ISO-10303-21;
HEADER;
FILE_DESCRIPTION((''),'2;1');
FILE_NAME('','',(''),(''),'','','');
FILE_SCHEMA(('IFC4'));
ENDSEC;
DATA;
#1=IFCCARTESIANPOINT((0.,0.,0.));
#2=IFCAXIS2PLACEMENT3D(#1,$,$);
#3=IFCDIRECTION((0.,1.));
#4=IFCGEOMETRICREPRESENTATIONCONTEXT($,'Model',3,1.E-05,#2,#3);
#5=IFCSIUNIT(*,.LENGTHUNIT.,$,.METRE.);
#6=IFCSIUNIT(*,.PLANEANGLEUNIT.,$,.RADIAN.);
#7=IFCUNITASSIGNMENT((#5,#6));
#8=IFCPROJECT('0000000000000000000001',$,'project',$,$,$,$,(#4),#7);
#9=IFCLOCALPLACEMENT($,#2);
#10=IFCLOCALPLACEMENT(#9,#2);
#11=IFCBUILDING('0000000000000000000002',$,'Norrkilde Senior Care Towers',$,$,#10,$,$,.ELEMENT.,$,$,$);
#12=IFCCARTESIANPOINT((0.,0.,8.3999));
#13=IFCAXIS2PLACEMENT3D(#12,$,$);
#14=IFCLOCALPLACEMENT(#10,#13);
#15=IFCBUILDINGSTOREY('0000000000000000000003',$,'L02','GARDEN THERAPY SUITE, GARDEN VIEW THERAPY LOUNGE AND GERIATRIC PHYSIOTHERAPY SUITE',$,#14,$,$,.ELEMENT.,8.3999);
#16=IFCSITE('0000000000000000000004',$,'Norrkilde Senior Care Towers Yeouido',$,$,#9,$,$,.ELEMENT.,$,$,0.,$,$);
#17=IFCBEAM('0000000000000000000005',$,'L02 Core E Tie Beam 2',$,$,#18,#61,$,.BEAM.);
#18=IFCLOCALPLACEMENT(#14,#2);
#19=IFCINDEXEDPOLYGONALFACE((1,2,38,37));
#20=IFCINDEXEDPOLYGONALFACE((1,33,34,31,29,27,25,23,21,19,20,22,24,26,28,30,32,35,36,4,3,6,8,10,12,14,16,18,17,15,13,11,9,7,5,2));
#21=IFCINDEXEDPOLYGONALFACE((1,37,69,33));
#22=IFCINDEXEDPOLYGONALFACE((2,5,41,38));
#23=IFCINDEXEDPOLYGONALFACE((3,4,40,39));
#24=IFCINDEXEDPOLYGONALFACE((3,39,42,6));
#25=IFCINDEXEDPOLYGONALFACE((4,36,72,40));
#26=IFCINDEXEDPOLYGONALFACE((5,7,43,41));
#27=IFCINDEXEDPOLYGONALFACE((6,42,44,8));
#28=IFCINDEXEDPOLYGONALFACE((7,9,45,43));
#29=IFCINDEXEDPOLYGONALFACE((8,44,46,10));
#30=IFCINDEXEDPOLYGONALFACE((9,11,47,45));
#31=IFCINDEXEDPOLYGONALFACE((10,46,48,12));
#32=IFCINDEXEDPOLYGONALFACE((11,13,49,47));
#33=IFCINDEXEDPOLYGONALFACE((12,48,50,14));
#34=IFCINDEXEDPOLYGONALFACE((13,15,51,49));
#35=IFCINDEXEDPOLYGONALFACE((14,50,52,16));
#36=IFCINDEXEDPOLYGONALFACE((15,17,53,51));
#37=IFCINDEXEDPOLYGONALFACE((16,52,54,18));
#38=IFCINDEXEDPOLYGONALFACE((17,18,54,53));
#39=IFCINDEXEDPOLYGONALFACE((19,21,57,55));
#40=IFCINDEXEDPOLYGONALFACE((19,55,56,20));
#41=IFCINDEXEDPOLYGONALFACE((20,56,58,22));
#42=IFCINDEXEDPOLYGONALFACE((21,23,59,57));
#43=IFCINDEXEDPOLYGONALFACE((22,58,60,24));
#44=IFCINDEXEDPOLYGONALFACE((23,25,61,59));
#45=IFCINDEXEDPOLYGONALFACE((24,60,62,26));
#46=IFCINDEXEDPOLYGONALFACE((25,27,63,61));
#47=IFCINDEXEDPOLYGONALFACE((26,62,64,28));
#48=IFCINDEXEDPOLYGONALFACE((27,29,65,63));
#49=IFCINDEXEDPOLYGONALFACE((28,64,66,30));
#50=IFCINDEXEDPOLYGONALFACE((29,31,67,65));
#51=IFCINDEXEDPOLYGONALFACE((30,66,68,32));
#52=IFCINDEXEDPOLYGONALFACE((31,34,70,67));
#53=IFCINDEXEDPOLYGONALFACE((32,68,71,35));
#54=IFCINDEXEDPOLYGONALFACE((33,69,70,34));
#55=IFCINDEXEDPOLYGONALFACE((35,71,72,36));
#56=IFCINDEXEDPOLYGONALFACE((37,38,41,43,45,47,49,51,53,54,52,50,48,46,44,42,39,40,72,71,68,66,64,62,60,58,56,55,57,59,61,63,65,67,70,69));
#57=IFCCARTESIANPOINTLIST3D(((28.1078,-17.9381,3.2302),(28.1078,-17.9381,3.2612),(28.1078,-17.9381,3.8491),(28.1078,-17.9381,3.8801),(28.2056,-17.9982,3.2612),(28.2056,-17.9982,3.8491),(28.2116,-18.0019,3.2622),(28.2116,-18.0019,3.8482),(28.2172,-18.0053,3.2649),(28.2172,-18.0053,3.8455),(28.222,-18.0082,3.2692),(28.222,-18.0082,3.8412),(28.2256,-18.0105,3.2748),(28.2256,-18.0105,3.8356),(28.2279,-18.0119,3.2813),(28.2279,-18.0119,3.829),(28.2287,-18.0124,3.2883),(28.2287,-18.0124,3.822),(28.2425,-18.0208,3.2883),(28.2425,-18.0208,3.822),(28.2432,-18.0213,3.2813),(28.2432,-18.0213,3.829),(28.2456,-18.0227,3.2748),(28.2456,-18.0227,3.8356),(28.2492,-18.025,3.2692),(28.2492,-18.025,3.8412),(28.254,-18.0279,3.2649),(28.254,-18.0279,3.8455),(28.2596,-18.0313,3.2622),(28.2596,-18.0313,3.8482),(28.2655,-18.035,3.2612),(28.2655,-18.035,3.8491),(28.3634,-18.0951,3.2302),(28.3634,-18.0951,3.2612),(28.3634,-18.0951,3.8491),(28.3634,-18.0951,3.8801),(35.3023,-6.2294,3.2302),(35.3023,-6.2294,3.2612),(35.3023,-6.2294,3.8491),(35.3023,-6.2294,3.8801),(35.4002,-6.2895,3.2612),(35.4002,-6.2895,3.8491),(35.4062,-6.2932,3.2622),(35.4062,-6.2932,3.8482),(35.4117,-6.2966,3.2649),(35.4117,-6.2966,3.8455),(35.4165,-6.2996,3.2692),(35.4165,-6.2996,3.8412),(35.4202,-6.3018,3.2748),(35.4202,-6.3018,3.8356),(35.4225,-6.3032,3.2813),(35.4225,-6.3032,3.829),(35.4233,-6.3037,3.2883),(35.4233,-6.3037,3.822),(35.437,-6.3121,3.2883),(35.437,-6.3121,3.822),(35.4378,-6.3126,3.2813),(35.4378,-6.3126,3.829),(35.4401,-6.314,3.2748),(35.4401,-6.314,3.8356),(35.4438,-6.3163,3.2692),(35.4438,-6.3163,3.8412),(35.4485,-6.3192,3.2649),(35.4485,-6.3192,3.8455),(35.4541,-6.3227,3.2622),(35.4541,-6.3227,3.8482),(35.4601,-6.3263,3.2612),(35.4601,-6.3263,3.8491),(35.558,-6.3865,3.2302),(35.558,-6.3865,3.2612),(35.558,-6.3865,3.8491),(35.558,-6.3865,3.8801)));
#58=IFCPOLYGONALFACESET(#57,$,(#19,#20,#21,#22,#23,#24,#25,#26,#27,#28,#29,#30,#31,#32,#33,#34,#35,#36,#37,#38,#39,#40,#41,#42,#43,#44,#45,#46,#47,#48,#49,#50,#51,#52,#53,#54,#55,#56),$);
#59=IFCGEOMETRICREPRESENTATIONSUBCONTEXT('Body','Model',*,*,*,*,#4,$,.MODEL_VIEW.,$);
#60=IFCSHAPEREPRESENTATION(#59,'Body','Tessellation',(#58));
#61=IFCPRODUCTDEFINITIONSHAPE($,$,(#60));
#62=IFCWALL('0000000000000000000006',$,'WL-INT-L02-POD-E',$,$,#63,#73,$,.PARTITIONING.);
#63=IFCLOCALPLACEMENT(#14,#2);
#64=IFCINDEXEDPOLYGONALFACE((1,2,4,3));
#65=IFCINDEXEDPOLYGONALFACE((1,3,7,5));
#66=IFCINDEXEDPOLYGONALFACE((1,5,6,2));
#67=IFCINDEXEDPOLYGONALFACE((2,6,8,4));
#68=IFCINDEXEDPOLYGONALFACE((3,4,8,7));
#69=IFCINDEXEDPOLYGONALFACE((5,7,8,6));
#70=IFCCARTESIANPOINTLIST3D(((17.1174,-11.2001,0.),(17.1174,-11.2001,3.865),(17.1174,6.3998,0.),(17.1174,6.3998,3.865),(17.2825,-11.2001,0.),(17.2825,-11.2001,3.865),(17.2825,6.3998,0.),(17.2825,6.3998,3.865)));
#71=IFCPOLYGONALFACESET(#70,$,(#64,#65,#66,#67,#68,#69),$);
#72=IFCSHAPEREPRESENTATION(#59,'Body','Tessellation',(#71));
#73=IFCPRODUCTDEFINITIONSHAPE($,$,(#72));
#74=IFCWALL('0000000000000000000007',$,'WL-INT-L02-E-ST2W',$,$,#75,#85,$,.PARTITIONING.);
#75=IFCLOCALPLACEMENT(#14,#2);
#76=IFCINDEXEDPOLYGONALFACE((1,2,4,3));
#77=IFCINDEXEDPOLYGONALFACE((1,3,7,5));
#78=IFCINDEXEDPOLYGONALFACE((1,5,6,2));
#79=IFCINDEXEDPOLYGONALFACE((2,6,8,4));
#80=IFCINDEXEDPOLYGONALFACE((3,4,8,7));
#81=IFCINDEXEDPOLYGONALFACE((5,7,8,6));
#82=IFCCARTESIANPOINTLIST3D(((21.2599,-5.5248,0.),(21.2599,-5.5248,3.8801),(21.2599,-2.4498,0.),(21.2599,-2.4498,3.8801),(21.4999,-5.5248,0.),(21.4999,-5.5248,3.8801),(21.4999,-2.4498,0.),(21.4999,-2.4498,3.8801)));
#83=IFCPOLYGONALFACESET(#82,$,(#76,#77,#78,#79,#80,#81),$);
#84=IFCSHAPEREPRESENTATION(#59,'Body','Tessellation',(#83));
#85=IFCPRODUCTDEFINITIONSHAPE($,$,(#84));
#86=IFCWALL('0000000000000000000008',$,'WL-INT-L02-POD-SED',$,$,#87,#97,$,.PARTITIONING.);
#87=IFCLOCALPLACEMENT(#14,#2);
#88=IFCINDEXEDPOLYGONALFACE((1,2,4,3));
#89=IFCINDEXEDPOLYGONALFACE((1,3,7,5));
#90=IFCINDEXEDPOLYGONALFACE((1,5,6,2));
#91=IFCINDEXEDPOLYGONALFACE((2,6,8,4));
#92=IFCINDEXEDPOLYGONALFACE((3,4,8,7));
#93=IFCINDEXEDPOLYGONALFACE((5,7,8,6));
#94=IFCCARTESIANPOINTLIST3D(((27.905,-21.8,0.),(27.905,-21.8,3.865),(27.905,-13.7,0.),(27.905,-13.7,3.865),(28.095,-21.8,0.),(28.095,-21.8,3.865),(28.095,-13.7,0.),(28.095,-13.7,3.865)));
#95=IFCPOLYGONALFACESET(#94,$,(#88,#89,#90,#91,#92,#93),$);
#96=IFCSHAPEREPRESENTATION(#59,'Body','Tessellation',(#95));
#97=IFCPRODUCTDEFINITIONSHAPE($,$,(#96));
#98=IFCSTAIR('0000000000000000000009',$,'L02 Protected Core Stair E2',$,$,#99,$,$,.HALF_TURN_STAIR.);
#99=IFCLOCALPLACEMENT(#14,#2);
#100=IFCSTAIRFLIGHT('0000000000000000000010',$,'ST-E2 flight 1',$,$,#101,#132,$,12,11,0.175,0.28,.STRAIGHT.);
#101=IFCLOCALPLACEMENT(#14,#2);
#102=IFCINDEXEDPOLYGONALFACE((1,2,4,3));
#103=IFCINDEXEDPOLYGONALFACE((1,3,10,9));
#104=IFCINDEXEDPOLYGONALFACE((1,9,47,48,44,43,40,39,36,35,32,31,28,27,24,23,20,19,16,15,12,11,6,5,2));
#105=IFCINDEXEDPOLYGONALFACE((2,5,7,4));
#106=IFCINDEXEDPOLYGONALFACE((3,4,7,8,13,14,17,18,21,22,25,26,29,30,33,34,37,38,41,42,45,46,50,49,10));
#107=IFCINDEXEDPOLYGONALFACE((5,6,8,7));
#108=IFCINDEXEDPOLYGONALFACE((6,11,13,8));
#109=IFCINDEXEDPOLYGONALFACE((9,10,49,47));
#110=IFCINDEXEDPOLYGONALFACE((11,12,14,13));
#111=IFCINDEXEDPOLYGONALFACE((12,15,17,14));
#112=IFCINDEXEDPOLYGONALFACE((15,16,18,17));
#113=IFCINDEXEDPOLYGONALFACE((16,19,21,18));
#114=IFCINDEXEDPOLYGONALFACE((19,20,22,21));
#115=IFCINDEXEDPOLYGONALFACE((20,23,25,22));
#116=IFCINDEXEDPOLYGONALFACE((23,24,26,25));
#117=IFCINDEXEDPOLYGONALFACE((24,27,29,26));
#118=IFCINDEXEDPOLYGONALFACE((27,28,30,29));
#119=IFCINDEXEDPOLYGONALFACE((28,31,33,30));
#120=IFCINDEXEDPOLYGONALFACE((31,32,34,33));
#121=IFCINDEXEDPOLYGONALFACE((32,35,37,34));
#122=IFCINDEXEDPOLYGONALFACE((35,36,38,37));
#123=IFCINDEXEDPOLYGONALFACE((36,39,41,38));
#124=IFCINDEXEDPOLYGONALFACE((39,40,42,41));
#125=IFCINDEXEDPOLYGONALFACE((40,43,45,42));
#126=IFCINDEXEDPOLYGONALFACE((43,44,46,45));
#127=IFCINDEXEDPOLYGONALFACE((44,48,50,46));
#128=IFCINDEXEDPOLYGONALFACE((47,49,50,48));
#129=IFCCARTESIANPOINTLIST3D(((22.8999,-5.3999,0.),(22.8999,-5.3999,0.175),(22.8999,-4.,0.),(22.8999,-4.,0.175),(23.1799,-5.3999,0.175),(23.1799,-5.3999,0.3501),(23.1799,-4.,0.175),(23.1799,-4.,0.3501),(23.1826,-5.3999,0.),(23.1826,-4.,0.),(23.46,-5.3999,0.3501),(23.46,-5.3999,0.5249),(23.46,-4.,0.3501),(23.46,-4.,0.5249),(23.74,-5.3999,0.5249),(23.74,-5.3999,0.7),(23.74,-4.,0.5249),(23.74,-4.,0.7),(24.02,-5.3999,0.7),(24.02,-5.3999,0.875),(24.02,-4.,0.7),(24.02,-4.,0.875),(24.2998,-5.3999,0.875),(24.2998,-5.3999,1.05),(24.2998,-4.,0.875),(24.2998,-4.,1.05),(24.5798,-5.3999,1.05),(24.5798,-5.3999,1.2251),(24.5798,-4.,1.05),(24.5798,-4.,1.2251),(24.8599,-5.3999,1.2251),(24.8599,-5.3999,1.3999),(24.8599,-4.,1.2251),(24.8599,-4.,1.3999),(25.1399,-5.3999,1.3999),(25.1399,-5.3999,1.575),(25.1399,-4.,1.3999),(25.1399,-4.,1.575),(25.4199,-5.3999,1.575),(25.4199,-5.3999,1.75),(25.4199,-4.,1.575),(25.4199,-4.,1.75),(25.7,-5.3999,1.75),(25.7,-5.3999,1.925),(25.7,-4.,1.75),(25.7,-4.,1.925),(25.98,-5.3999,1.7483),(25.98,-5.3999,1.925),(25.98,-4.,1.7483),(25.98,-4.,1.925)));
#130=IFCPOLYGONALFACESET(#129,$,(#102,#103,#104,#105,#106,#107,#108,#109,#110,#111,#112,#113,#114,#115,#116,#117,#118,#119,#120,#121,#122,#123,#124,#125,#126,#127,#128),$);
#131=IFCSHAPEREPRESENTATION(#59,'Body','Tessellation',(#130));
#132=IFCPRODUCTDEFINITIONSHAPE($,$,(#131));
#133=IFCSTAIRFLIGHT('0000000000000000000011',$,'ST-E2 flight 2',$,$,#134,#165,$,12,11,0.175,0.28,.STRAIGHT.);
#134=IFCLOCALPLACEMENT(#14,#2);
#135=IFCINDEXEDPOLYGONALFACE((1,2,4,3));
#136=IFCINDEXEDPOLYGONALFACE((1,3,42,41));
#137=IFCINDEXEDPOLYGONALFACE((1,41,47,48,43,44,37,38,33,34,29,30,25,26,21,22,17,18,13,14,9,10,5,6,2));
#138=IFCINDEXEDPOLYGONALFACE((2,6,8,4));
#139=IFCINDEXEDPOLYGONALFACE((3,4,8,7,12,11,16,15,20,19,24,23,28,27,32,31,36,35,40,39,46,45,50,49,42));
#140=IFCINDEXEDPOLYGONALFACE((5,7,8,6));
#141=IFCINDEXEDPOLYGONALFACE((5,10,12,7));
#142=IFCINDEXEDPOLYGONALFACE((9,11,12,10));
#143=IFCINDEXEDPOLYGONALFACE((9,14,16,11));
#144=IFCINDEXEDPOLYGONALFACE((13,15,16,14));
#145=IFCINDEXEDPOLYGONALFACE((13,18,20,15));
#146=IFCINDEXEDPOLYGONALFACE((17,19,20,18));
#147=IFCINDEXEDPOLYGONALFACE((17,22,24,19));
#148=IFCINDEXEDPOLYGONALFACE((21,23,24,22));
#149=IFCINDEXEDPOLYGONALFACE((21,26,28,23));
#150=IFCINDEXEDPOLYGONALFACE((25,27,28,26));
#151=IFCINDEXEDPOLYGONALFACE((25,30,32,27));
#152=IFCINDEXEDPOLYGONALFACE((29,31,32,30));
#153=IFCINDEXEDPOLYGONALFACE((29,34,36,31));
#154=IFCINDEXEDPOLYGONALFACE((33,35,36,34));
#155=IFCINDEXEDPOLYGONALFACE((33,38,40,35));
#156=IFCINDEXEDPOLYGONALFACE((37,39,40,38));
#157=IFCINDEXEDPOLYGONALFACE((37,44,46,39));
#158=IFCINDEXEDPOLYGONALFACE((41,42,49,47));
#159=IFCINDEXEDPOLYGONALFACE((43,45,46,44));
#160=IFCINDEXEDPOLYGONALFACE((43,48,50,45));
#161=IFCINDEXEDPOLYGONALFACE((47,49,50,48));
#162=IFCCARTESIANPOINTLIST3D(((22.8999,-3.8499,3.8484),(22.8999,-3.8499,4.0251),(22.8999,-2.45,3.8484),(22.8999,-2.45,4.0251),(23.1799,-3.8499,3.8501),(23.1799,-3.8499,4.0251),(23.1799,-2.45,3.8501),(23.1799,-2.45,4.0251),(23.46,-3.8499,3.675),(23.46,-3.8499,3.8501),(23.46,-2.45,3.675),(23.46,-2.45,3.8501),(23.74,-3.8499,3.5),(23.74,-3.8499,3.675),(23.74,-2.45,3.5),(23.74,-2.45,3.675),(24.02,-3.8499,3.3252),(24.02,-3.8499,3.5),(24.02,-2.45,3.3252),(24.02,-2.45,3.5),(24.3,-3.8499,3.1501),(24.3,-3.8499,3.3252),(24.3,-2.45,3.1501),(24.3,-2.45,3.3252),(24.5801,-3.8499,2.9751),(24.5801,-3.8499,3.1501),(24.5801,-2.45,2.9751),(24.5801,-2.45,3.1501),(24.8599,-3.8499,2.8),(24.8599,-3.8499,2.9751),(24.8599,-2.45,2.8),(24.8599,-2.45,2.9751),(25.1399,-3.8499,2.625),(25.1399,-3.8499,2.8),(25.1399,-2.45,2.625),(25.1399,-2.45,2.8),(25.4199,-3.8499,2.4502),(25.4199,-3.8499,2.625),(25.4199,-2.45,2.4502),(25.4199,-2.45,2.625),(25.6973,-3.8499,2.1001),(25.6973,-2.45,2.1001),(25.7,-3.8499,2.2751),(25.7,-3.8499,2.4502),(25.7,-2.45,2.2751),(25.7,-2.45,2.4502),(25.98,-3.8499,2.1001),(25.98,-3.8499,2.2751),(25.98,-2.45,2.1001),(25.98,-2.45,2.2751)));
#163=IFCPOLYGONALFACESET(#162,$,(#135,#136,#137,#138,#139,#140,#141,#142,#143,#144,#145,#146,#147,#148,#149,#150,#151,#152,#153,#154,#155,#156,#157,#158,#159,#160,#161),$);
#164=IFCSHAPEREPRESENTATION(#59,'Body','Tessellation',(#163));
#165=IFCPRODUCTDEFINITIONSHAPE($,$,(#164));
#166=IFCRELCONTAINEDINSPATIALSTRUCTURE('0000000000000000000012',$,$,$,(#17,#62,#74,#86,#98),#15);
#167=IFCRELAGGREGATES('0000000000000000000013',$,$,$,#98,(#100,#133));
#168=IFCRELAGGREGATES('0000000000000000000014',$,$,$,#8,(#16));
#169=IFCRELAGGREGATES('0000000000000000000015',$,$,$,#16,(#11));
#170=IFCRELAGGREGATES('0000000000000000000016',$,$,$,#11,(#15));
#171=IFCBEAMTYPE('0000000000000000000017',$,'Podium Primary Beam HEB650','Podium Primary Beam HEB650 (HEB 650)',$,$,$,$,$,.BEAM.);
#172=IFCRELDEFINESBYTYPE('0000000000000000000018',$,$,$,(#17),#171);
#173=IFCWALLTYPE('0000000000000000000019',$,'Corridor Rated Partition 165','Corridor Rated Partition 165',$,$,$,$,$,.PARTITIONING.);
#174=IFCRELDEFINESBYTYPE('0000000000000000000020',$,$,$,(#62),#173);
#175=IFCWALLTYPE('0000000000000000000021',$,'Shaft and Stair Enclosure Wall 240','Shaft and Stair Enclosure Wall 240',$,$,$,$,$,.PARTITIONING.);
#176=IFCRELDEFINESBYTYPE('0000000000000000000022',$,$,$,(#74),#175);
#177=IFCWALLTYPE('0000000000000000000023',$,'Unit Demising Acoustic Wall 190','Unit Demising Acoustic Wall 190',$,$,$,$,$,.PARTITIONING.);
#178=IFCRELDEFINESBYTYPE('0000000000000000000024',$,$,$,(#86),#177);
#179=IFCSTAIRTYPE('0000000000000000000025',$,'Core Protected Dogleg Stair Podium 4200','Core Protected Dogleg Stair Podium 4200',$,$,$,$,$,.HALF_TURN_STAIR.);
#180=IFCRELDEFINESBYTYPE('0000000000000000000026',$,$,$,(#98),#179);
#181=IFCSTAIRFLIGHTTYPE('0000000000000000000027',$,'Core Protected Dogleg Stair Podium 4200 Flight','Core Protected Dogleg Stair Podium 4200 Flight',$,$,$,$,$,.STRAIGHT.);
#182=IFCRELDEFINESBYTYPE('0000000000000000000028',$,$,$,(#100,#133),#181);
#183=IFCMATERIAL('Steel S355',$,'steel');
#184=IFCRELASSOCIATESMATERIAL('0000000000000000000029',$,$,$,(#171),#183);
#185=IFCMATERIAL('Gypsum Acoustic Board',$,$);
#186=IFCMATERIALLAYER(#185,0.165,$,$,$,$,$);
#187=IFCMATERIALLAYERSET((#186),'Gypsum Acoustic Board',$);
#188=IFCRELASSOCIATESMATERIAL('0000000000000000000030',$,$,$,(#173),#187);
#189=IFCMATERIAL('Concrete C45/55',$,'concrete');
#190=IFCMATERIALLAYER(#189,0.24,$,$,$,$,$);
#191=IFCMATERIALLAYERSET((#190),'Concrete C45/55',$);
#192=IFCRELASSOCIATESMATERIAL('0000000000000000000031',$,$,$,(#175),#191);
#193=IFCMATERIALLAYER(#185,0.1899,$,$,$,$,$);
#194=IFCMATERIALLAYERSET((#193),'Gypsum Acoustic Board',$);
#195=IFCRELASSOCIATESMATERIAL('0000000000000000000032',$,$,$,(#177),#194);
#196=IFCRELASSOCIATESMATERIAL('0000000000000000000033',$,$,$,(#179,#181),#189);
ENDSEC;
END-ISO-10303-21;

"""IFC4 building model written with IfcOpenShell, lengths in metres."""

from ifc_helpers import new_model, si_unit, direction, frame, frame_2d, origin, origin_2d, place, context, subcontext, project, spatial, polyline, rectangle, i_section, outline, extrude, source, transform, mapped, material, layer, layer_set, material_profile, profile_set, type_object, type_shapes, element, aggregate, save


model = new_model("IFC4")

# Units and contexts
model_context = context("Model", 3, precision=1e-05, world=origin(), true_north=direction((0.0, 1.0)))
body_context = subcontext(model_context, "Body", "Model", "MODEL_VIEW")
ifc_project = project(units=[si_unit("LENGTHUNIT", "METRE"), si_unit("PLANEANGLEUNIT", "RADIAN")], contexts=[model_context])

# Site, building, storey
site_placement = place(None, origin())
site = spatial("IfcSite", under=ifc_project, at=site_placement, Name="Norrkilde Senior Care Towers Yeouido", CompositionType="ELEMENT", RefElevation=0.0)
building_placement = place(site_placement, origin())
building = spatial("IfcBuilding", under=site, at=building_placement, Name="Norrkilde Senior Care Towers", CompositionType="ELEMENT")
storey_placement = place(building_placement, frame((0.0, 0.0, 8.3999)))
storey = spatial("IfcBuildingStorey", under=building, at=storey_placement, Name="L02", Description="GARDEN THERAPY SUITE, GARDEN VIEW THERAPY LOUNGE AND GERIATRIC PHYSIOTHERAPY SUITE", CompositionType="ELEMENT", Elevation=8.3999)

# Beam
ifc_material_1 = material(Name="Steel S355", Category="steel")
ifc_material_profile_1 = material_profile(ifc_material_1, i_section(OverallWidth=0.3, OverallDepth=0.6499, WebThickness=0.0161, FlangeThickness=0.031, FilletRadius=0.0271, at=origin_2d()), Name="HEB 650")
ifc_profile_set_1 = profile_set([ifc_material_profile_1], Name="Steel S355")
beam_type_1 = type_object("IfcBeamType", Name="Podium Primary Beam HEB650", Description="Podium Primary Beam HEB650 (HEB 650)", PredefinedType="BEAM", material=ifc_profile_set_1)
shared_shape_1 = source(origin(), body_context, "Body", "SweptSolid", [
    extrude(i_section(OverallWidth=0.3, OverallDepth=0.6499, WebThickness=0.0161, FlangeThickness=0.031, FilletRadius=0.0271, at=origin_2d()), origin(), (0.0, 0.0, 1.0), 13.7424),
])
for number, where, z_axis, x_axis, name in (
    (1, (28.2356, -18.0166, 3.5552), (0.523527, 0.852009, 0.0), (-0.852009, 0.523527, 0.0), "L02 Core E Tie Beam 2"),
):
    element("IfcBeam", number, at=place(storey_placement, frame(where, z_axis=z_axis, x_axis=x_axis)), inside=storey, type_object=beam_type_1, Name=name, PredefinedType="BEAM", context=body_context, shape_type="MappedRepresentation", body=[
        mapped(shared_shape_1, transform((0.0, 0.0, 0.0), x_axis=(1.0, 0.0, 0.0), y_axis=(0.0, 1.0, 0.0), z_axis=(0.0, 0.0, 1.0), scale=1.0)),
    ])

# Walls
ifc_material_2 = material(Name="Gypsum Acoustic Board")
ifc_layer_1 = layer(ifc_material_2, 0.165)
ifc_layer_set_1 = layer_set([ifc_layer_1], Name="Gypsum Acoustic Board")
wall_type_1 = type_object("IfcWallType", Name="Corridor Rated Partition 165", Description="Corridor Rated Partition 165", PredefinedType="PARTITIONING", material=ifc_layer_set_1)
shared_shape_2 = source(origin(), body_context, "Body", "SweptSolid", [
    extrude(rectangle(XDim=17.5999, YDim=0.165, at=frame_2d((8.7998, 0.0))), origin(), (0.0, 0.0, 1.0), 3.865),
])
type_shapes(wall_type_1, [shared_shape_2])
wall_1_placement = place(storey_placement, frame((17.2, -11.2, 0.0), z_axis=(0.0, 0.0, 1.0), x_axis=(0.0, 1.0, 0.0)))
element("IfcWall", 2, at=wall_1_placement, inside=storey, type_object=wall_type_1, Name="WL-INT-L02-POD-E", PredefinedType="PARTITIONING", context=body_context, shape_type="MappedRepresentation", body=[
    mapped(shared_shape_2, transform((0.0, 0.0, 0.0), x_axis=(1.0, 0.0, 0.0), y_axis=(0.0, 1.0, 0.0), z_axis=(0.0, 0.0, 1.0), scale=1.0)),
])
ifc_material_3 = material(Name="Concrete C45/55", Category="concrete")
ifc_layer_2 = layer(ifc_material_3, 0.24)
ifc_layer_set_2 = layer_set([ifc_layer_2], Name="Concrete C45/55")
wall_type_2 = type_object("IfcWallType", Name="Shaft and Stair Enclosure Wall 240", Description="Shaft and Stair Enclosure Wall 240", PredefinedType="PARTITIONING", material=ifc_layer_set_2)
shared_shape_3 = source(origin(), body_context, "Body", "SweptSolid", [
    extrude(rectangle(XDim=3.075, YDim=0.24, at=frame_2d((1.5376, 0.0))), origin(), (0.0, 0.0, 1.0), 3.8801),
])
type_shapes(wall_type_2, [shared_shape_3])
wall_2_placement = place(storey_placement, frame((21.3799, -5.5249, 0.0), z_axis=(0.0, 0.0, 1.0), x_axis=(0.0, 1.0, 0.0)))
element("IfcWall", 3, at=wall_2_placement, inside=storey, type_object=wall_type_2, Name="WL-INT-L02-E-ST2W", PredefinedType="PARTITIONING", context=body_context, shape_type="MappedRepresentation", body=[
    mapped(shared_shape_3, transform((0.0, 0.0, 0.0), x_axis=(1.0, 0.0, 0.0), y_axis=(0.0, 1.0, 0.0), z_axis=(0.0, 0.0, 1.0), scale=1.0)),
])
ifc_layer_3 = layer(ifc_material_2, 0.1899)
ifc_layer_set_3 = layer_set([ifc_layer_3], Name="Gypsum Acoustic Board")
wall_type_3 = type_object("IfcWallType", Name="Unit Demising Acoustic Wall 190", Description="Unit Demising Acoustic Wall 190", PredefinedType="PARTITIONING", material=ifc_layer_set_3)
shared_shape_4 = source(origin(), body_context, "Body", "SweptSolid", [
    extrude(rectangle(XDim=8.1001, YDim=0.1899, at=frame_2d((4.05, 0.0))), origin(), (0.0, 0.0, 1.0), 3.865),
])
type_shapes(wall_type_3, [shared_shape_4])
wall_3_placement = place(storey_placement, frame((28.0, -21.8, 0.0), z_axis=(0.0, 0.0, 1.0), x_axis=(0.0, 1.0, 0.0)))
element("IfcWall", 4, at=wall_3_placement, inside=storey, type_object=wall_type_3, Name="WL-INT-L02-POD-SED", PredefinedType="PARTITIONING", context=body_context, shape_type="MappedRepresentation", body=[
    mapped(shared_shape_4, transform((0.0, 0.0, 0.0), x_axis=(1.0, 0.0, 0.0), y_axis=(0.0, 1.0, 0.0), z_axis=(0.0, 0.0, 1.0), scale=1.0)),
])

# Stair, stair flights
stair_type = type_object("IfcStairType", Name="Core Protected Dogleg Stair Podium 4200", Description="Core Protected Dogleg Stair Podium 4200", PredefinedType="HALF_TURN_STAIR", material=ifc_material_3)
stair_placement = place(storey_placement, origin())
stair = element("IfcStair", 5, at=stair_placement, inside=storey, type_object=stair_type, Name="L02 Protected Core Stair E2", PredefinedType="HALF_TURN_STAIR")
stair_flight_type = type_object("IfcStairFlightType", Name="Core Protected Dogleg Stair Podium 4200 Flight", Description="Core Protected Dogleg Stair Podium 4200 Flight", PredefinedType="STRAIGHT", material=ifc_material_3)
stair_flight_1_placement = place(storey_placement, frame((22.8999, -4.7, 0.0), z_axis=(0.0, 0.0, 1.0), x_axis=(1.0, 0.0, 0.0)))
stair_flight_1 = element("IfcStairFlight", 6, at=stair_flight_1_placement, type_object=stair_flight_type, Name="ST-E2 flight 1", NumberOfRisers=12, NumberOfTreads=11, PredefinedType="STRAIGHT", RiserHeight=0.175, TreadLength=0.28, context=body_context, shape_type="SweptSolid", body=[
    extrude(outline(polyline([(0.0, 0.0), (0.0, 0.175), (0.28, 0.175), (0.28, 0.3501), (0.5601, 0.3501), (0.5601, 0.5249), (0.8401, 0.5249), (0.8401, 0.7), (1.1201, 0.7), (1.1201, 0.875), (1.3999, 0.875), (1.3999, 1.05), (1.6799, 1.05), (1.6799, 1.2251), (1.96, 1.2251), (1.96, 1.3999), (2.24, 1.3999), (2.24, 1.575), (2.52, 1.575), (2.52, 1.75), (2.8, 1.75), (2.8, 1.925), (3.0801, 1.925), (3.0801, 2.1001), (3.0801, 1.7483), (0.2827, 0.0), (0.0, 0.0)])), frame((0.0, 0.7, 0.0), z_axis=(0.0, -1.0, 0.0), x_axis=(1.0, 0.0, 0.0)), (0.0, 0.0, 1.0), 1.3999),
])
stair_flight_2_placement = place(storey_placement, frame((25.98, -3.1499, 2.1001), z_axis=(0.0, 0.0, 1.0), x_axis=(-1.0, 0.0, 0.0)))
stair_flight_2 = element("IfcStairFlight", 7, at=stair_flight_2_placement, type_object=stair_flight_type, Name="ST-E2 flight 2", NumberOfRisers=12, NumberOfTreads=11, PredefinedType="STRAIGHT", RiserHeight=0.175, TreadLength=0.28, context=body_context, shape_type="SweptSolid", body=[
    extrude(outline(polyline([(0.0, 0.0), (0.0, 0.175), (0.28, 0.175), (0.28, 0.3501), (0.5601, 0.3501), (0.5601, 0.5249), (0.8401, 0.5249), (0.8401, 0.7), (1.1201, 0.7), (1.1201, 0.875), (1.3999, 0.875), (1.3999, 1.05), (1.6799, 1.05), (1.6799, 1.2251), (1.96, 1.2251), (1.96, 1.3999), (2.24, 1.3999), (2.24, 1.575), (2.52, 1.575), (2.52, 1.75), (2.8, 1.75), (2.8, 1.925), (3.0801, 1.925), (3.0801, 2.1001), (3.0801, 1.7483), (0.2827, 0.0), (0.0, 0.0)])), frame((0.0, 0.7, 0.0), z_axis=(0.0, -1.0, 0.0), x_axis=(1.0, 0.0, 0.0)), (0.0, 0.0, 1.0), 1.3999),
])
aggregate(stair, [stair_flight_1, stair_flight_2])

save(model, "model.ifc")
